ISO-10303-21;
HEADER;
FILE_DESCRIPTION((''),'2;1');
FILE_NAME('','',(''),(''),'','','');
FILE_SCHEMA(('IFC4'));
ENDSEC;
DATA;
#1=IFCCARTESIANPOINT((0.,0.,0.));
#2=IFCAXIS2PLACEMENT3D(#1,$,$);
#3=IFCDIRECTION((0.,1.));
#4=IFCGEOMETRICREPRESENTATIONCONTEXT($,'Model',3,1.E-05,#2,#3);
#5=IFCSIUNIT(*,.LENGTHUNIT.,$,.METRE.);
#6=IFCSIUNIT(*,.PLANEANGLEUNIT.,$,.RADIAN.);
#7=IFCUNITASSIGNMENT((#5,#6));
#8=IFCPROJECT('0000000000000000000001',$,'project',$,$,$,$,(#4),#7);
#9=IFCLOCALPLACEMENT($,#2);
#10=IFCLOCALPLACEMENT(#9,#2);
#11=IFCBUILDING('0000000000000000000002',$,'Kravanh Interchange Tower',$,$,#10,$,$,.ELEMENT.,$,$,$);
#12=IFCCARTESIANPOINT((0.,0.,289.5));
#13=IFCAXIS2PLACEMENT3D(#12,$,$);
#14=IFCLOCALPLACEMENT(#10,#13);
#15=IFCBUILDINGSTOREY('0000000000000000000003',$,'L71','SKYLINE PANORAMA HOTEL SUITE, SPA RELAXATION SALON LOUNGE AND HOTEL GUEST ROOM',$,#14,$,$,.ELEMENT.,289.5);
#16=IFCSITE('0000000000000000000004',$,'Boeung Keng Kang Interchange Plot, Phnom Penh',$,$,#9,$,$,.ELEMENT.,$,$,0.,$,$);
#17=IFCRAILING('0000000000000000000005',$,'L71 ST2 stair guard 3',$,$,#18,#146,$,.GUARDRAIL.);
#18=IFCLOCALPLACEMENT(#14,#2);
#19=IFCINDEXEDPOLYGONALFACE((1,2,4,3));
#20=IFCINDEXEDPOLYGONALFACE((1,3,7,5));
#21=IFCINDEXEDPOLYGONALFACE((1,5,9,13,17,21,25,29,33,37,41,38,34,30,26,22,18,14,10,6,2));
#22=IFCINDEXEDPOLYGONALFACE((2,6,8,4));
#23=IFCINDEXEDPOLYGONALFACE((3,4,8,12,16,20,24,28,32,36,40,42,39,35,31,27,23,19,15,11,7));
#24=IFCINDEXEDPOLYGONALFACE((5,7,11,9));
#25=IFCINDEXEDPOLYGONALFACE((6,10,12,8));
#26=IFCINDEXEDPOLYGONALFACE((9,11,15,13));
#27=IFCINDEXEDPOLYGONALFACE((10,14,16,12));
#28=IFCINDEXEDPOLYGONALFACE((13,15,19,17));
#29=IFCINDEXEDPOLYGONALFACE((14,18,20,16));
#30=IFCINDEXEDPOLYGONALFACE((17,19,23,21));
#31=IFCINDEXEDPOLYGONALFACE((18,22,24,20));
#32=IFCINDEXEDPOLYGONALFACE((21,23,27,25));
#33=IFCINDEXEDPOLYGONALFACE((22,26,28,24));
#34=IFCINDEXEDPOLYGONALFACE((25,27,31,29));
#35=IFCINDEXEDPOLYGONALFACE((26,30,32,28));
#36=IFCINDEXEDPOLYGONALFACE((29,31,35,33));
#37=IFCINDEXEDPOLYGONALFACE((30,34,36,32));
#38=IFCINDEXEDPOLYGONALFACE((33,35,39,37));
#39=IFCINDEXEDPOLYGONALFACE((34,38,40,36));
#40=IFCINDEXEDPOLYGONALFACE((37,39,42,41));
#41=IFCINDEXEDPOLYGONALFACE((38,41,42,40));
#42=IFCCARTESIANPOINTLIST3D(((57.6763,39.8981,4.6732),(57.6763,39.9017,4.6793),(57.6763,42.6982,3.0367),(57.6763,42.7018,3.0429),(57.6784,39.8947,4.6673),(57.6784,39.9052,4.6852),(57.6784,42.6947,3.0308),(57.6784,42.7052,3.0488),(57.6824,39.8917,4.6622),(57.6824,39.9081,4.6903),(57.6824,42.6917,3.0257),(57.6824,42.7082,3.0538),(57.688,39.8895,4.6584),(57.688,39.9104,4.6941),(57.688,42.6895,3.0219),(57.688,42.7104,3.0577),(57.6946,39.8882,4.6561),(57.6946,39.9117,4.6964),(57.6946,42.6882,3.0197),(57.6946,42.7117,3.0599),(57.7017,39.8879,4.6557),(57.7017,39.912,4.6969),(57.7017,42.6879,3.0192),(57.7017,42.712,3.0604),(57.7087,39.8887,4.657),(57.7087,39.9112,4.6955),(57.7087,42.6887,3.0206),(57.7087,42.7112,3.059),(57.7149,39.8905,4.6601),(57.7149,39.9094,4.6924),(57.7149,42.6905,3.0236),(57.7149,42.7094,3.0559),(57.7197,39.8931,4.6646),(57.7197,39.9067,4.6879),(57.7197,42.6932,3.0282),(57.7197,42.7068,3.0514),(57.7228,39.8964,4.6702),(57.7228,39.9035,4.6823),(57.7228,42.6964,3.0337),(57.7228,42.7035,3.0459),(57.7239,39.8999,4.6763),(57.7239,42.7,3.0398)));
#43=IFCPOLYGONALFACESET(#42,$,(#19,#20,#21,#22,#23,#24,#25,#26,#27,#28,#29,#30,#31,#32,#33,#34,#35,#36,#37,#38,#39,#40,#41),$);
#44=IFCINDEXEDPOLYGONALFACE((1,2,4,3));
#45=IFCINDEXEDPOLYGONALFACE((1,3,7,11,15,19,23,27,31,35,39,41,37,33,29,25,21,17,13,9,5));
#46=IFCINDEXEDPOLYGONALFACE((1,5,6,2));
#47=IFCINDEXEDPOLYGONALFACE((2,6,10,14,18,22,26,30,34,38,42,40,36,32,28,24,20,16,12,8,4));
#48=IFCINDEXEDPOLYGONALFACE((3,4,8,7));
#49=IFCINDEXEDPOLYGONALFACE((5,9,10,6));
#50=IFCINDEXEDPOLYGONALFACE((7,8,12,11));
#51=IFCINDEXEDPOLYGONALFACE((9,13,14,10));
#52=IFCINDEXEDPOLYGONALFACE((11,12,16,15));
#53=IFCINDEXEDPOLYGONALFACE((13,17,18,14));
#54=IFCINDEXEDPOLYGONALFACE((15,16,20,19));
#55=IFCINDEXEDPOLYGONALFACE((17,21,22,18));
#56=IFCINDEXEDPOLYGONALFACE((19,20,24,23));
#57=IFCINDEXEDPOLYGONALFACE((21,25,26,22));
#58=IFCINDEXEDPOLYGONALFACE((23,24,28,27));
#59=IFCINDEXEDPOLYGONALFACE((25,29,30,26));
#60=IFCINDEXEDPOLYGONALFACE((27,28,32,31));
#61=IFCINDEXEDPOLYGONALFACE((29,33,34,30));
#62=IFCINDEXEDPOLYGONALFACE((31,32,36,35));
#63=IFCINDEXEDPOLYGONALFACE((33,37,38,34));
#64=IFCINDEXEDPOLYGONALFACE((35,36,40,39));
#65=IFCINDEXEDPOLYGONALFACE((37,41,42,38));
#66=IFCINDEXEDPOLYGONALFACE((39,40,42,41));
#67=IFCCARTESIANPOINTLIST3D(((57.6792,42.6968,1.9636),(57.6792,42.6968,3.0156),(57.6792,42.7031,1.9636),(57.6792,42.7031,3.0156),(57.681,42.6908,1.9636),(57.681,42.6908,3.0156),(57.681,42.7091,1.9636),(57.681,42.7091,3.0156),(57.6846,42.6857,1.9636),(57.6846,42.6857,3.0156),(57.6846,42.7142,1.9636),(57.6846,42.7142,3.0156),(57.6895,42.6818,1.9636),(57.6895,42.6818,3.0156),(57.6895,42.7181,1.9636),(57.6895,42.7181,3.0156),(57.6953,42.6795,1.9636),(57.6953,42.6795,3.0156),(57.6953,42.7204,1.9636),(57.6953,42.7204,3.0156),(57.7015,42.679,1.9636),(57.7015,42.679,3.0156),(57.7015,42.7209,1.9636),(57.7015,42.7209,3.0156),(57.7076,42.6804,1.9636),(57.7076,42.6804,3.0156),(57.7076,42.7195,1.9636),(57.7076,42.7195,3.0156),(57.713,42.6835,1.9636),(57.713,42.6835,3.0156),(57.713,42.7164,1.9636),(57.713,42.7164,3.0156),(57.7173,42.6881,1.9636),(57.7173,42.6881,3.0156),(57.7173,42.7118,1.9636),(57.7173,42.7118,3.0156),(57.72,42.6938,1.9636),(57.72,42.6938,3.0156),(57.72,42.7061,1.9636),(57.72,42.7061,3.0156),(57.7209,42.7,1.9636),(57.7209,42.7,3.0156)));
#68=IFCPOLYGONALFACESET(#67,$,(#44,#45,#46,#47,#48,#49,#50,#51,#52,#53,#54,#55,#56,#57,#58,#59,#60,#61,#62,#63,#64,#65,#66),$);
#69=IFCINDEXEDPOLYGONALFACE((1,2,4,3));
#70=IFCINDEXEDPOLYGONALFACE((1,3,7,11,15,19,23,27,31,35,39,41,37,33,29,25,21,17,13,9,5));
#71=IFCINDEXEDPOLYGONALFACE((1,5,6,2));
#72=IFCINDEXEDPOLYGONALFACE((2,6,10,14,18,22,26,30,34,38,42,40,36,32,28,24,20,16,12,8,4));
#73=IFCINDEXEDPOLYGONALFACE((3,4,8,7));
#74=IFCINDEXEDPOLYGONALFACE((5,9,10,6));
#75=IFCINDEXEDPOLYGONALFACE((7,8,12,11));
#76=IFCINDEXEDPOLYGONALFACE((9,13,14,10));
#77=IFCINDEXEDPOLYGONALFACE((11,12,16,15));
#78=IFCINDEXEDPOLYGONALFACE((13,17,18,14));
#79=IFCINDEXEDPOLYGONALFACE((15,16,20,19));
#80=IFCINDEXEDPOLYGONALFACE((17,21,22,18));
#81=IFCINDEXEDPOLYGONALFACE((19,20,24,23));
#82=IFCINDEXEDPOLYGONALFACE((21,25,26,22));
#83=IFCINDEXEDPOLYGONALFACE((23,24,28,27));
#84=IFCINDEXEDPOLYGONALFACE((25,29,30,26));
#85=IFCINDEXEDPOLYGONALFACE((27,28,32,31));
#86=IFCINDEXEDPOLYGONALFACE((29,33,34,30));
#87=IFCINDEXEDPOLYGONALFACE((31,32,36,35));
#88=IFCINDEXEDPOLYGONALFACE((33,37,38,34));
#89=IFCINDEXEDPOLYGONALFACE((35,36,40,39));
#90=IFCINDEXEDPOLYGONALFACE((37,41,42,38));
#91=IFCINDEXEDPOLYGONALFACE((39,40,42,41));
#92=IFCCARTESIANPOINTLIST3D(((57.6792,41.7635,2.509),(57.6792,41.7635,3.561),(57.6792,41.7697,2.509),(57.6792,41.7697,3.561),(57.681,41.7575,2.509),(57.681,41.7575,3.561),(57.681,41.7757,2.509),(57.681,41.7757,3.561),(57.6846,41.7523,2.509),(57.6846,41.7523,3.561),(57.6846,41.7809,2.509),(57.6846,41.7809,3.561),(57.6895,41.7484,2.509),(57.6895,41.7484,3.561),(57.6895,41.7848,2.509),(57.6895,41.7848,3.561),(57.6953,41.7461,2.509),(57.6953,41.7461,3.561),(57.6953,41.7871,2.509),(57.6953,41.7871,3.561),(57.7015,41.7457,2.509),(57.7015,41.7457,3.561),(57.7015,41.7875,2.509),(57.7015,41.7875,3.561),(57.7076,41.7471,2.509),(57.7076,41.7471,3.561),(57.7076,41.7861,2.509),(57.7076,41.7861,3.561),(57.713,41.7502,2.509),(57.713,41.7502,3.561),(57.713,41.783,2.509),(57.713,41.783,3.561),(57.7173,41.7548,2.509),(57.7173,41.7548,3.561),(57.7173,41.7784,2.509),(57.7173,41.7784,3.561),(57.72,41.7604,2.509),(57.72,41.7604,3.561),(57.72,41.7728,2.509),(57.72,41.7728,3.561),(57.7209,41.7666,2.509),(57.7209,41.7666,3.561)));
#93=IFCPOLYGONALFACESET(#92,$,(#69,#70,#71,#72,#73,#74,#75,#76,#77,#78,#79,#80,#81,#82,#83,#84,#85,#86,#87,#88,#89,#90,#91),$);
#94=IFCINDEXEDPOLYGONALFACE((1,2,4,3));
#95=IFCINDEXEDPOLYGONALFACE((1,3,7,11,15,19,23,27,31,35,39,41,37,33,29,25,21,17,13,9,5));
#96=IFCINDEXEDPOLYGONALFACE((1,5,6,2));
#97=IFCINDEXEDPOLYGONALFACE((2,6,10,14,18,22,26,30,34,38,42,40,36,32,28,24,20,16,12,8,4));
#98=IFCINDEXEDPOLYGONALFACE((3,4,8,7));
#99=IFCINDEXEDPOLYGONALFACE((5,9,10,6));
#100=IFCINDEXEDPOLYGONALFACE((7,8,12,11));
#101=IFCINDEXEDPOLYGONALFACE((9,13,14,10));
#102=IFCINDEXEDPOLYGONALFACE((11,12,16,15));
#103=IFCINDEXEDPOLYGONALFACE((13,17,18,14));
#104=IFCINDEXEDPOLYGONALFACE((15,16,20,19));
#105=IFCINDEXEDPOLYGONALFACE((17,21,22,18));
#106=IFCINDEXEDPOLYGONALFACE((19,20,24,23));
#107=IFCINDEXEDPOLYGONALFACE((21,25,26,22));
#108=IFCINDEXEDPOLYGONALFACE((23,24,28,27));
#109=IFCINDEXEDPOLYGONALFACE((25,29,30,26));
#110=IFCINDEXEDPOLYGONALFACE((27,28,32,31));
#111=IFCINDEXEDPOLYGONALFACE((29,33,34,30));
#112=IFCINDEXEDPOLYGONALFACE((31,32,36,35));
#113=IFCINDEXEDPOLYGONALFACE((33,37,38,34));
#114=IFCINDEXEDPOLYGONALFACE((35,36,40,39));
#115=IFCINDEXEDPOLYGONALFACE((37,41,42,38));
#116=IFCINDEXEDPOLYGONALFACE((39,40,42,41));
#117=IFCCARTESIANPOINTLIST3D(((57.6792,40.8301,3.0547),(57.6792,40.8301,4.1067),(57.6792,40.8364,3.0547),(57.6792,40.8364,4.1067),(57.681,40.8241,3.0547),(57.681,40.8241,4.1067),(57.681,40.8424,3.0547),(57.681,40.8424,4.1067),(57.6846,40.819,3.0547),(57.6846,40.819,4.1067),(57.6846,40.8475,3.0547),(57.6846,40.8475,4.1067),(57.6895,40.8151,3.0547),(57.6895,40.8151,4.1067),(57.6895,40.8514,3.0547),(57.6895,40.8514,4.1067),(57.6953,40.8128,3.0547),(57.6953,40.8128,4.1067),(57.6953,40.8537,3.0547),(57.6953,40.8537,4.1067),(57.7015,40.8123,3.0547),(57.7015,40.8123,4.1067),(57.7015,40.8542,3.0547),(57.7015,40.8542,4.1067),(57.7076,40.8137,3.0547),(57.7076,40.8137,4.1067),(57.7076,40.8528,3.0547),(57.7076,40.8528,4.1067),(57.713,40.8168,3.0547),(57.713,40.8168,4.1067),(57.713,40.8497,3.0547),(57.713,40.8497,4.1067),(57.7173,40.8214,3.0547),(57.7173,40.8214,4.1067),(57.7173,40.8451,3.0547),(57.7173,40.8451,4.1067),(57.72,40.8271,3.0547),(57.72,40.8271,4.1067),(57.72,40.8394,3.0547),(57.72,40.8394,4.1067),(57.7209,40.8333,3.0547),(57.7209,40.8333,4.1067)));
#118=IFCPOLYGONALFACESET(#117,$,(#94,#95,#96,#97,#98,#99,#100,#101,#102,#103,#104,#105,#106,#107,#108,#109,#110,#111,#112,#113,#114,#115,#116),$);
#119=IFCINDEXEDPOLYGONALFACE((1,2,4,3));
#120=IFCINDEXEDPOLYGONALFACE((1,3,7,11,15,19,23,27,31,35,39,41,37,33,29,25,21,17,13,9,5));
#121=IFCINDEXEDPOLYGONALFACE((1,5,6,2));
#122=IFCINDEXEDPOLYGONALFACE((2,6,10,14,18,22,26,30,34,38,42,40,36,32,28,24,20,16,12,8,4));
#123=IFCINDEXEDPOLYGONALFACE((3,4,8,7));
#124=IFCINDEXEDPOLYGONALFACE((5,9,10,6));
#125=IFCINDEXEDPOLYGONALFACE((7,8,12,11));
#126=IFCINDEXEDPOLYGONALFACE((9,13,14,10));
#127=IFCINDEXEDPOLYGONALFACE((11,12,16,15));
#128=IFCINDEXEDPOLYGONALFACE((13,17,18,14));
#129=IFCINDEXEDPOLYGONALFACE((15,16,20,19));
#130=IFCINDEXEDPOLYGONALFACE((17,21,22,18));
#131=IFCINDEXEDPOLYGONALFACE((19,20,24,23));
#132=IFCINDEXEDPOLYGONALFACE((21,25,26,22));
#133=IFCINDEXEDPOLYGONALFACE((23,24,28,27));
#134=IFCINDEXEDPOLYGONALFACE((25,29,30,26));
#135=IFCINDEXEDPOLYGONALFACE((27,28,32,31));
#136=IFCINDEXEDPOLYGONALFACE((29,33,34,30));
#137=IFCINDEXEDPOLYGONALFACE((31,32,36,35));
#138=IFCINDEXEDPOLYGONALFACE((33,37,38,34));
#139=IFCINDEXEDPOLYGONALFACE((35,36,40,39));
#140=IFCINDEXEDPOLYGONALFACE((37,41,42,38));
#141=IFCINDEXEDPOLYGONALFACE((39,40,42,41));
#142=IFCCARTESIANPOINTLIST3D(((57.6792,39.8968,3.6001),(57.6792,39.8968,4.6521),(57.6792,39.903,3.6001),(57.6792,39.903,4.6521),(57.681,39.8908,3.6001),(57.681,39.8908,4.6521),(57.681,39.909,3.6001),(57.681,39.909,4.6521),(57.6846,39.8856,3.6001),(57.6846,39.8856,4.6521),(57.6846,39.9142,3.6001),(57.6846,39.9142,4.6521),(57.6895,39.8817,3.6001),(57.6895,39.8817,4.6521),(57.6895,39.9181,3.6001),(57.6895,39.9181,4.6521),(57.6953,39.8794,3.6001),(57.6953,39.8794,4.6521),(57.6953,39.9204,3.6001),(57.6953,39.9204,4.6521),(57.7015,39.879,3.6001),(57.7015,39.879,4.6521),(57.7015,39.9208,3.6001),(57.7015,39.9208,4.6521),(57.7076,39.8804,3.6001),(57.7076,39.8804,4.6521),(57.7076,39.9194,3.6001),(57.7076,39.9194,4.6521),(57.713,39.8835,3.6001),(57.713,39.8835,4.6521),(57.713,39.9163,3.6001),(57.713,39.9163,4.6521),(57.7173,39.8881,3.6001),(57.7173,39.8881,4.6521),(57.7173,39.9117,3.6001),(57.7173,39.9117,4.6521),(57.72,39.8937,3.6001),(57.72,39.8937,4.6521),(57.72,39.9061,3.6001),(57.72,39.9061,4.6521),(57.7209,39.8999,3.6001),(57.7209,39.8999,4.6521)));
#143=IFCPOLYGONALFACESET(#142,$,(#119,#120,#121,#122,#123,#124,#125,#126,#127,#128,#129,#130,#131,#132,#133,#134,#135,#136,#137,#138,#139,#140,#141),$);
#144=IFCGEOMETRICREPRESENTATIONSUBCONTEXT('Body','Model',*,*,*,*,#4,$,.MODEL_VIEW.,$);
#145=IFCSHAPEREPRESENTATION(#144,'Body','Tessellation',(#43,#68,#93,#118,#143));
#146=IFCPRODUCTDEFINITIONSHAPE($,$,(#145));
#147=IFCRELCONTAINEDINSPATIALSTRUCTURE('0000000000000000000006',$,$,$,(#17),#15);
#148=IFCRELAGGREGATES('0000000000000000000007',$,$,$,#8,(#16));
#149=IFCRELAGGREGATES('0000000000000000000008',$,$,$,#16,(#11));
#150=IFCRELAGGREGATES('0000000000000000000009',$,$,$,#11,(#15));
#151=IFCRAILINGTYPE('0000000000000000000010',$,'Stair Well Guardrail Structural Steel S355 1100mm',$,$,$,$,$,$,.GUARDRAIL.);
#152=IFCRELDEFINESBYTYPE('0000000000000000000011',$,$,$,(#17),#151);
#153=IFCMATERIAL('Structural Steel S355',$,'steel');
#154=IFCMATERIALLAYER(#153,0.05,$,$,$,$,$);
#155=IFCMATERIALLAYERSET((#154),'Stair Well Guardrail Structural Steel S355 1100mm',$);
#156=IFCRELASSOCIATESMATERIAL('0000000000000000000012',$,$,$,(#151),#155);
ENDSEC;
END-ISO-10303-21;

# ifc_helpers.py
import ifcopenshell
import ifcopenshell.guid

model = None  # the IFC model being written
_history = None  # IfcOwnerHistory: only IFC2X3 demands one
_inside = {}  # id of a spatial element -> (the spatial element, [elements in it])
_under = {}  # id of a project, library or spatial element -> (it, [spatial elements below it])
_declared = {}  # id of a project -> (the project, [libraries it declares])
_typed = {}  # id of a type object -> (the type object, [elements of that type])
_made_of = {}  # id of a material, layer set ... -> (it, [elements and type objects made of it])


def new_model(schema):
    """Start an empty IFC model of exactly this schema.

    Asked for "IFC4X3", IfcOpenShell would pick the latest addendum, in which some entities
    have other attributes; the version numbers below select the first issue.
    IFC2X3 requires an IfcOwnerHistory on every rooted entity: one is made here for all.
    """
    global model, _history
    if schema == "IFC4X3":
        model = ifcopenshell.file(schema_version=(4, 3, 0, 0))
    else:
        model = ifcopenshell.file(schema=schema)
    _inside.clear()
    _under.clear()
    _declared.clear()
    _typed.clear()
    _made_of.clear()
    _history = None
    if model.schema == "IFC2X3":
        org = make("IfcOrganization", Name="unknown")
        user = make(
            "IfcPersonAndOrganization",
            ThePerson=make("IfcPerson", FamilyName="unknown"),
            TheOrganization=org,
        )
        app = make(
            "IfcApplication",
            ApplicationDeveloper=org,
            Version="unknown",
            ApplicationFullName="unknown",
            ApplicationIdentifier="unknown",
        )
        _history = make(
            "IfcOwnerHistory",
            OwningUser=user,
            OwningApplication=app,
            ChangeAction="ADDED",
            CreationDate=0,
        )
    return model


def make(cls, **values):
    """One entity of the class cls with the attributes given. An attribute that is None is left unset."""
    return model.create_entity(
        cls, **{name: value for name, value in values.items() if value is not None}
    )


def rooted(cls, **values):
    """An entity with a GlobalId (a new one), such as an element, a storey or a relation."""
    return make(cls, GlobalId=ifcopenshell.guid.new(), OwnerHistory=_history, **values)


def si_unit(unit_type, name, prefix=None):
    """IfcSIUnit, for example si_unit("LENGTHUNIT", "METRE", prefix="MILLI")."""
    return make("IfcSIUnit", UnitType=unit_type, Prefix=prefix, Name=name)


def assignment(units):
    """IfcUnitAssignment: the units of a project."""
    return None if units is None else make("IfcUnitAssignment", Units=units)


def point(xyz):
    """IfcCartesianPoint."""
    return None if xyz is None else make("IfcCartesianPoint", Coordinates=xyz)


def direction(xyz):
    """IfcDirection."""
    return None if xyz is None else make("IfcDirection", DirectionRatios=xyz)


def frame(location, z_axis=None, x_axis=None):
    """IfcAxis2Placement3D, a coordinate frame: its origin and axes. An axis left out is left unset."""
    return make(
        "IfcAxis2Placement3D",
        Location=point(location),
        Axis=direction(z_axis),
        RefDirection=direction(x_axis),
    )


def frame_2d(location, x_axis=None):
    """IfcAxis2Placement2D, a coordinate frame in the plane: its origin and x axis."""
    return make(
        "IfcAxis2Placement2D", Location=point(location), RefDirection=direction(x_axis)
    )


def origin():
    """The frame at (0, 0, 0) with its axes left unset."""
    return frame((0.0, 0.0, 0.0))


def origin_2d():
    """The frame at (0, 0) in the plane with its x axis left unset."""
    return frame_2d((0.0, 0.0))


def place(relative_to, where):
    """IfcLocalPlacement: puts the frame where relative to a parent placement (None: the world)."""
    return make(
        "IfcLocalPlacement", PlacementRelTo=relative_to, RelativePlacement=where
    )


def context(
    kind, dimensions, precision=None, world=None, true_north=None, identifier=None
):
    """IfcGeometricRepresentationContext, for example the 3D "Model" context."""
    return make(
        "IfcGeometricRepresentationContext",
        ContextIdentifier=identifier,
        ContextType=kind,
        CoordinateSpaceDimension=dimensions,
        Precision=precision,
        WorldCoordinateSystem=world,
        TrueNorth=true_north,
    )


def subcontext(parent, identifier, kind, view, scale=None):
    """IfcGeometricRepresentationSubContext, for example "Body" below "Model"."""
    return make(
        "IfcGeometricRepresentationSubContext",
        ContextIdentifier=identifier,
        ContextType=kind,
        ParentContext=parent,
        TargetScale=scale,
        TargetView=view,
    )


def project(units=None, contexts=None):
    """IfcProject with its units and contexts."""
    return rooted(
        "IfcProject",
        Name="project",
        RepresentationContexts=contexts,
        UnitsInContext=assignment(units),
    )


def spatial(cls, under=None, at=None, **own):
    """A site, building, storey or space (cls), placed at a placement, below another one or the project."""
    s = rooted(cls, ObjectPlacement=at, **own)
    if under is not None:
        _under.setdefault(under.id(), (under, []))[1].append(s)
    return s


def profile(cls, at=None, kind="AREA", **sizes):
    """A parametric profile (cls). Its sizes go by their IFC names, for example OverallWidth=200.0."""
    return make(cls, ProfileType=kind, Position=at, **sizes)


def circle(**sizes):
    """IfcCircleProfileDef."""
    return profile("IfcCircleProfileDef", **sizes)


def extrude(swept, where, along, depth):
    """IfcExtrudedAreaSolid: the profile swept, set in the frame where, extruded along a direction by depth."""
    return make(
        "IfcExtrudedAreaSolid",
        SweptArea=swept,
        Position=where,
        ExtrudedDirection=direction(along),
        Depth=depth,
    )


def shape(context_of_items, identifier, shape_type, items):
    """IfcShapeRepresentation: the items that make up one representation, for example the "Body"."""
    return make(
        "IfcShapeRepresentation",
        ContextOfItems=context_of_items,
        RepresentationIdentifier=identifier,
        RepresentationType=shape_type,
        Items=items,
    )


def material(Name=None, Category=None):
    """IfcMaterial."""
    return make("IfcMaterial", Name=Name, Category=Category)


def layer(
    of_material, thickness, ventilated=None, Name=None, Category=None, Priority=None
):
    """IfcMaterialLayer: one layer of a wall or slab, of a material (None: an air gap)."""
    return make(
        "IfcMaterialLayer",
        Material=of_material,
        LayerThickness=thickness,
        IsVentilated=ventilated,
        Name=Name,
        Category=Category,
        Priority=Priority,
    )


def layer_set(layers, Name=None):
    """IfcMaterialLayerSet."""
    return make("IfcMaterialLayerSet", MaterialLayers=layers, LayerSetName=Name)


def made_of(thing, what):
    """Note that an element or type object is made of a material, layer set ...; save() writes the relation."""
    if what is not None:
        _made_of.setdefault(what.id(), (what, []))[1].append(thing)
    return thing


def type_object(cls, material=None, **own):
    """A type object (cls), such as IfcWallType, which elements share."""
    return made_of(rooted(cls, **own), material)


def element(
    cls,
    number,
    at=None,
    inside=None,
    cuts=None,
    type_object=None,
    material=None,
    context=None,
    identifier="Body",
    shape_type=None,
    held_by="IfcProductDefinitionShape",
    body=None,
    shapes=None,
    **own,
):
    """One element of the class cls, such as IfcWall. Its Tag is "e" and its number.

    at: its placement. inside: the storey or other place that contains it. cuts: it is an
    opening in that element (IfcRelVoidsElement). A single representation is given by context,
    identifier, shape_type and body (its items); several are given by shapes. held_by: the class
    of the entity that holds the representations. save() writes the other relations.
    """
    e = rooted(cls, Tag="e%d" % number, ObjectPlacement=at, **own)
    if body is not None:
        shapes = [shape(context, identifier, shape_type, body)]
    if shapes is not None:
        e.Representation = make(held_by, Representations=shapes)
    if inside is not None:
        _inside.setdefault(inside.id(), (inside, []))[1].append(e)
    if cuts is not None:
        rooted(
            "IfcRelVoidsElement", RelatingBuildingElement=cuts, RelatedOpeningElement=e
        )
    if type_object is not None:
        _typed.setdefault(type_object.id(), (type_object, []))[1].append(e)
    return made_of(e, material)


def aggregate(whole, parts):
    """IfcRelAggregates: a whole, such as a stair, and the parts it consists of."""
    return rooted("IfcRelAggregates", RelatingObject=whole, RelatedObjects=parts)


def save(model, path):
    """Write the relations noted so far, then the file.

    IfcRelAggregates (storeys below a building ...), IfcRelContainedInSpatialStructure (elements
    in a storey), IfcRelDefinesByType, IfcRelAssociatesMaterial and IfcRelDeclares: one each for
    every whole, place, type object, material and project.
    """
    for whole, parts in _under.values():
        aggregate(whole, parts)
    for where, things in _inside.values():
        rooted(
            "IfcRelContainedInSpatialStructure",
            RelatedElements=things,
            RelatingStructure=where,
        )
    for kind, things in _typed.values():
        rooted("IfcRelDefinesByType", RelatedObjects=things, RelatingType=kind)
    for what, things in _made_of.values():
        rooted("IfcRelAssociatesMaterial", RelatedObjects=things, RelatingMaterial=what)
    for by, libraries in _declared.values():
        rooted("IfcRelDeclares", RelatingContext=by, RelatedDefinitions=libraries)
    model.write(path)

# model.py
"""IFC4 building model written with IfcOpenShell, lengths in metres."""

from ifc_helpers import new_model, si_unit, direction, frame, origin, origin_2d, place, context, subcontext, project, spatial, circle, extrude, material, layer, layer_set, type_object, element, save


model = new_model("IFC4")

# Units and contexts
model_context = context("Model", 3, precision=1e-05, world=origin(), true_north=direction((0.0, 1.0)))
body_context = subcontext(model_context, "Body", "Model", "MODEL_VIEW")
ifc_project = project(units=[si_unit("LENGTHUNIT", "METRE"), si_unit("PLANEANGLEUNIT", "RADIAN")], contexts=[model_context])

# Site, building, storey
site_placement = place(None, origin())
site = spatial("IfcSite", under=ifc_project, at=site_placement, Name="Boeung Keng Kang Interchange Plot, Phnom Penh", CompositionType="ELEMENT", RefElevation=0.0)
building_placement = place(site_placement, origin())
building = spatial("IfcBuilding", under=site, at=building_placement, Name="Kravanh Interchange Tower", CompositionType="ELEMENT")
storey_placement = place(building_placement, frame((0.0, 0.0, 289.5)))
storey = spatial("IfcBuildingStorey", under=building, at=storey_placement, Name="L71", Description="SKYLINE PANORAMA HOTEL SUITE, SPA RELAXATION SALON LOUNGE AND HOTEL GUEST ROOM", CompositionType="ELEMENT", Elevation=289.5)

# Railing
ifc_material_1 = material(Name="Structural Steel S355", Category="steel")
ifc_layer_1 = layer(ifc_material_1, 0.05)
ifc_layer_set_1 = layer_set([ifc_layer_1], Name="Stair Well Guardrail Structural Steel S355 1100mm")
railing_type_1 = type_object("IfcRailingType", Name="Stair Well Guardrail Structural Steel S355 1100mm", PredefinedType="GUARDRAIL", material=ifc_layer_set_1)
railing_1_placement = place(storey_placement, frame((57.7, 42.7, 1.9636)))
element("IfcRailing", 1, at=railing_1_placement, inside=storey, type_object=railing_type_1, Name="L71 ST2 stair guard 3", PredefinedType="GUARDRAIL", context=body_context, shape_type="SweptSolid", body=[
    extrude(circle(Radius=0.0239, at=origin_2d()), frame((0.0, 0.0, 1.0762), z_axis=(0.0, -0.863361, 0.504587), x_axis=(1.0, 0.0, 0.0)), (0.0, 0.0, 1.0), 3.2432),
    extrude(circle(Radius=0.021, at=origin_2d()), origin(), (0.0, 0.0, 1.0), 1.052),
    extrude(circle(Radius=0.021, at=origin_2d()), frame((0.0, -0.9333, 0.5454)), (0.0, 0.0, 1.0), 1.052),
    extrude(circle(Radius=0.021, at=origin_2d()), frame((0.0, -1.8667, 1.0911)), (0.0, 0.0, 1.0), 1.052),
    extrude(circle(Radius=0.021, at=origin_2d()), frame((0.0, -2.8, 1.6365)), (0.0, 0.0, 1.0), 1.052),
])

save(model, "model.ifc")
